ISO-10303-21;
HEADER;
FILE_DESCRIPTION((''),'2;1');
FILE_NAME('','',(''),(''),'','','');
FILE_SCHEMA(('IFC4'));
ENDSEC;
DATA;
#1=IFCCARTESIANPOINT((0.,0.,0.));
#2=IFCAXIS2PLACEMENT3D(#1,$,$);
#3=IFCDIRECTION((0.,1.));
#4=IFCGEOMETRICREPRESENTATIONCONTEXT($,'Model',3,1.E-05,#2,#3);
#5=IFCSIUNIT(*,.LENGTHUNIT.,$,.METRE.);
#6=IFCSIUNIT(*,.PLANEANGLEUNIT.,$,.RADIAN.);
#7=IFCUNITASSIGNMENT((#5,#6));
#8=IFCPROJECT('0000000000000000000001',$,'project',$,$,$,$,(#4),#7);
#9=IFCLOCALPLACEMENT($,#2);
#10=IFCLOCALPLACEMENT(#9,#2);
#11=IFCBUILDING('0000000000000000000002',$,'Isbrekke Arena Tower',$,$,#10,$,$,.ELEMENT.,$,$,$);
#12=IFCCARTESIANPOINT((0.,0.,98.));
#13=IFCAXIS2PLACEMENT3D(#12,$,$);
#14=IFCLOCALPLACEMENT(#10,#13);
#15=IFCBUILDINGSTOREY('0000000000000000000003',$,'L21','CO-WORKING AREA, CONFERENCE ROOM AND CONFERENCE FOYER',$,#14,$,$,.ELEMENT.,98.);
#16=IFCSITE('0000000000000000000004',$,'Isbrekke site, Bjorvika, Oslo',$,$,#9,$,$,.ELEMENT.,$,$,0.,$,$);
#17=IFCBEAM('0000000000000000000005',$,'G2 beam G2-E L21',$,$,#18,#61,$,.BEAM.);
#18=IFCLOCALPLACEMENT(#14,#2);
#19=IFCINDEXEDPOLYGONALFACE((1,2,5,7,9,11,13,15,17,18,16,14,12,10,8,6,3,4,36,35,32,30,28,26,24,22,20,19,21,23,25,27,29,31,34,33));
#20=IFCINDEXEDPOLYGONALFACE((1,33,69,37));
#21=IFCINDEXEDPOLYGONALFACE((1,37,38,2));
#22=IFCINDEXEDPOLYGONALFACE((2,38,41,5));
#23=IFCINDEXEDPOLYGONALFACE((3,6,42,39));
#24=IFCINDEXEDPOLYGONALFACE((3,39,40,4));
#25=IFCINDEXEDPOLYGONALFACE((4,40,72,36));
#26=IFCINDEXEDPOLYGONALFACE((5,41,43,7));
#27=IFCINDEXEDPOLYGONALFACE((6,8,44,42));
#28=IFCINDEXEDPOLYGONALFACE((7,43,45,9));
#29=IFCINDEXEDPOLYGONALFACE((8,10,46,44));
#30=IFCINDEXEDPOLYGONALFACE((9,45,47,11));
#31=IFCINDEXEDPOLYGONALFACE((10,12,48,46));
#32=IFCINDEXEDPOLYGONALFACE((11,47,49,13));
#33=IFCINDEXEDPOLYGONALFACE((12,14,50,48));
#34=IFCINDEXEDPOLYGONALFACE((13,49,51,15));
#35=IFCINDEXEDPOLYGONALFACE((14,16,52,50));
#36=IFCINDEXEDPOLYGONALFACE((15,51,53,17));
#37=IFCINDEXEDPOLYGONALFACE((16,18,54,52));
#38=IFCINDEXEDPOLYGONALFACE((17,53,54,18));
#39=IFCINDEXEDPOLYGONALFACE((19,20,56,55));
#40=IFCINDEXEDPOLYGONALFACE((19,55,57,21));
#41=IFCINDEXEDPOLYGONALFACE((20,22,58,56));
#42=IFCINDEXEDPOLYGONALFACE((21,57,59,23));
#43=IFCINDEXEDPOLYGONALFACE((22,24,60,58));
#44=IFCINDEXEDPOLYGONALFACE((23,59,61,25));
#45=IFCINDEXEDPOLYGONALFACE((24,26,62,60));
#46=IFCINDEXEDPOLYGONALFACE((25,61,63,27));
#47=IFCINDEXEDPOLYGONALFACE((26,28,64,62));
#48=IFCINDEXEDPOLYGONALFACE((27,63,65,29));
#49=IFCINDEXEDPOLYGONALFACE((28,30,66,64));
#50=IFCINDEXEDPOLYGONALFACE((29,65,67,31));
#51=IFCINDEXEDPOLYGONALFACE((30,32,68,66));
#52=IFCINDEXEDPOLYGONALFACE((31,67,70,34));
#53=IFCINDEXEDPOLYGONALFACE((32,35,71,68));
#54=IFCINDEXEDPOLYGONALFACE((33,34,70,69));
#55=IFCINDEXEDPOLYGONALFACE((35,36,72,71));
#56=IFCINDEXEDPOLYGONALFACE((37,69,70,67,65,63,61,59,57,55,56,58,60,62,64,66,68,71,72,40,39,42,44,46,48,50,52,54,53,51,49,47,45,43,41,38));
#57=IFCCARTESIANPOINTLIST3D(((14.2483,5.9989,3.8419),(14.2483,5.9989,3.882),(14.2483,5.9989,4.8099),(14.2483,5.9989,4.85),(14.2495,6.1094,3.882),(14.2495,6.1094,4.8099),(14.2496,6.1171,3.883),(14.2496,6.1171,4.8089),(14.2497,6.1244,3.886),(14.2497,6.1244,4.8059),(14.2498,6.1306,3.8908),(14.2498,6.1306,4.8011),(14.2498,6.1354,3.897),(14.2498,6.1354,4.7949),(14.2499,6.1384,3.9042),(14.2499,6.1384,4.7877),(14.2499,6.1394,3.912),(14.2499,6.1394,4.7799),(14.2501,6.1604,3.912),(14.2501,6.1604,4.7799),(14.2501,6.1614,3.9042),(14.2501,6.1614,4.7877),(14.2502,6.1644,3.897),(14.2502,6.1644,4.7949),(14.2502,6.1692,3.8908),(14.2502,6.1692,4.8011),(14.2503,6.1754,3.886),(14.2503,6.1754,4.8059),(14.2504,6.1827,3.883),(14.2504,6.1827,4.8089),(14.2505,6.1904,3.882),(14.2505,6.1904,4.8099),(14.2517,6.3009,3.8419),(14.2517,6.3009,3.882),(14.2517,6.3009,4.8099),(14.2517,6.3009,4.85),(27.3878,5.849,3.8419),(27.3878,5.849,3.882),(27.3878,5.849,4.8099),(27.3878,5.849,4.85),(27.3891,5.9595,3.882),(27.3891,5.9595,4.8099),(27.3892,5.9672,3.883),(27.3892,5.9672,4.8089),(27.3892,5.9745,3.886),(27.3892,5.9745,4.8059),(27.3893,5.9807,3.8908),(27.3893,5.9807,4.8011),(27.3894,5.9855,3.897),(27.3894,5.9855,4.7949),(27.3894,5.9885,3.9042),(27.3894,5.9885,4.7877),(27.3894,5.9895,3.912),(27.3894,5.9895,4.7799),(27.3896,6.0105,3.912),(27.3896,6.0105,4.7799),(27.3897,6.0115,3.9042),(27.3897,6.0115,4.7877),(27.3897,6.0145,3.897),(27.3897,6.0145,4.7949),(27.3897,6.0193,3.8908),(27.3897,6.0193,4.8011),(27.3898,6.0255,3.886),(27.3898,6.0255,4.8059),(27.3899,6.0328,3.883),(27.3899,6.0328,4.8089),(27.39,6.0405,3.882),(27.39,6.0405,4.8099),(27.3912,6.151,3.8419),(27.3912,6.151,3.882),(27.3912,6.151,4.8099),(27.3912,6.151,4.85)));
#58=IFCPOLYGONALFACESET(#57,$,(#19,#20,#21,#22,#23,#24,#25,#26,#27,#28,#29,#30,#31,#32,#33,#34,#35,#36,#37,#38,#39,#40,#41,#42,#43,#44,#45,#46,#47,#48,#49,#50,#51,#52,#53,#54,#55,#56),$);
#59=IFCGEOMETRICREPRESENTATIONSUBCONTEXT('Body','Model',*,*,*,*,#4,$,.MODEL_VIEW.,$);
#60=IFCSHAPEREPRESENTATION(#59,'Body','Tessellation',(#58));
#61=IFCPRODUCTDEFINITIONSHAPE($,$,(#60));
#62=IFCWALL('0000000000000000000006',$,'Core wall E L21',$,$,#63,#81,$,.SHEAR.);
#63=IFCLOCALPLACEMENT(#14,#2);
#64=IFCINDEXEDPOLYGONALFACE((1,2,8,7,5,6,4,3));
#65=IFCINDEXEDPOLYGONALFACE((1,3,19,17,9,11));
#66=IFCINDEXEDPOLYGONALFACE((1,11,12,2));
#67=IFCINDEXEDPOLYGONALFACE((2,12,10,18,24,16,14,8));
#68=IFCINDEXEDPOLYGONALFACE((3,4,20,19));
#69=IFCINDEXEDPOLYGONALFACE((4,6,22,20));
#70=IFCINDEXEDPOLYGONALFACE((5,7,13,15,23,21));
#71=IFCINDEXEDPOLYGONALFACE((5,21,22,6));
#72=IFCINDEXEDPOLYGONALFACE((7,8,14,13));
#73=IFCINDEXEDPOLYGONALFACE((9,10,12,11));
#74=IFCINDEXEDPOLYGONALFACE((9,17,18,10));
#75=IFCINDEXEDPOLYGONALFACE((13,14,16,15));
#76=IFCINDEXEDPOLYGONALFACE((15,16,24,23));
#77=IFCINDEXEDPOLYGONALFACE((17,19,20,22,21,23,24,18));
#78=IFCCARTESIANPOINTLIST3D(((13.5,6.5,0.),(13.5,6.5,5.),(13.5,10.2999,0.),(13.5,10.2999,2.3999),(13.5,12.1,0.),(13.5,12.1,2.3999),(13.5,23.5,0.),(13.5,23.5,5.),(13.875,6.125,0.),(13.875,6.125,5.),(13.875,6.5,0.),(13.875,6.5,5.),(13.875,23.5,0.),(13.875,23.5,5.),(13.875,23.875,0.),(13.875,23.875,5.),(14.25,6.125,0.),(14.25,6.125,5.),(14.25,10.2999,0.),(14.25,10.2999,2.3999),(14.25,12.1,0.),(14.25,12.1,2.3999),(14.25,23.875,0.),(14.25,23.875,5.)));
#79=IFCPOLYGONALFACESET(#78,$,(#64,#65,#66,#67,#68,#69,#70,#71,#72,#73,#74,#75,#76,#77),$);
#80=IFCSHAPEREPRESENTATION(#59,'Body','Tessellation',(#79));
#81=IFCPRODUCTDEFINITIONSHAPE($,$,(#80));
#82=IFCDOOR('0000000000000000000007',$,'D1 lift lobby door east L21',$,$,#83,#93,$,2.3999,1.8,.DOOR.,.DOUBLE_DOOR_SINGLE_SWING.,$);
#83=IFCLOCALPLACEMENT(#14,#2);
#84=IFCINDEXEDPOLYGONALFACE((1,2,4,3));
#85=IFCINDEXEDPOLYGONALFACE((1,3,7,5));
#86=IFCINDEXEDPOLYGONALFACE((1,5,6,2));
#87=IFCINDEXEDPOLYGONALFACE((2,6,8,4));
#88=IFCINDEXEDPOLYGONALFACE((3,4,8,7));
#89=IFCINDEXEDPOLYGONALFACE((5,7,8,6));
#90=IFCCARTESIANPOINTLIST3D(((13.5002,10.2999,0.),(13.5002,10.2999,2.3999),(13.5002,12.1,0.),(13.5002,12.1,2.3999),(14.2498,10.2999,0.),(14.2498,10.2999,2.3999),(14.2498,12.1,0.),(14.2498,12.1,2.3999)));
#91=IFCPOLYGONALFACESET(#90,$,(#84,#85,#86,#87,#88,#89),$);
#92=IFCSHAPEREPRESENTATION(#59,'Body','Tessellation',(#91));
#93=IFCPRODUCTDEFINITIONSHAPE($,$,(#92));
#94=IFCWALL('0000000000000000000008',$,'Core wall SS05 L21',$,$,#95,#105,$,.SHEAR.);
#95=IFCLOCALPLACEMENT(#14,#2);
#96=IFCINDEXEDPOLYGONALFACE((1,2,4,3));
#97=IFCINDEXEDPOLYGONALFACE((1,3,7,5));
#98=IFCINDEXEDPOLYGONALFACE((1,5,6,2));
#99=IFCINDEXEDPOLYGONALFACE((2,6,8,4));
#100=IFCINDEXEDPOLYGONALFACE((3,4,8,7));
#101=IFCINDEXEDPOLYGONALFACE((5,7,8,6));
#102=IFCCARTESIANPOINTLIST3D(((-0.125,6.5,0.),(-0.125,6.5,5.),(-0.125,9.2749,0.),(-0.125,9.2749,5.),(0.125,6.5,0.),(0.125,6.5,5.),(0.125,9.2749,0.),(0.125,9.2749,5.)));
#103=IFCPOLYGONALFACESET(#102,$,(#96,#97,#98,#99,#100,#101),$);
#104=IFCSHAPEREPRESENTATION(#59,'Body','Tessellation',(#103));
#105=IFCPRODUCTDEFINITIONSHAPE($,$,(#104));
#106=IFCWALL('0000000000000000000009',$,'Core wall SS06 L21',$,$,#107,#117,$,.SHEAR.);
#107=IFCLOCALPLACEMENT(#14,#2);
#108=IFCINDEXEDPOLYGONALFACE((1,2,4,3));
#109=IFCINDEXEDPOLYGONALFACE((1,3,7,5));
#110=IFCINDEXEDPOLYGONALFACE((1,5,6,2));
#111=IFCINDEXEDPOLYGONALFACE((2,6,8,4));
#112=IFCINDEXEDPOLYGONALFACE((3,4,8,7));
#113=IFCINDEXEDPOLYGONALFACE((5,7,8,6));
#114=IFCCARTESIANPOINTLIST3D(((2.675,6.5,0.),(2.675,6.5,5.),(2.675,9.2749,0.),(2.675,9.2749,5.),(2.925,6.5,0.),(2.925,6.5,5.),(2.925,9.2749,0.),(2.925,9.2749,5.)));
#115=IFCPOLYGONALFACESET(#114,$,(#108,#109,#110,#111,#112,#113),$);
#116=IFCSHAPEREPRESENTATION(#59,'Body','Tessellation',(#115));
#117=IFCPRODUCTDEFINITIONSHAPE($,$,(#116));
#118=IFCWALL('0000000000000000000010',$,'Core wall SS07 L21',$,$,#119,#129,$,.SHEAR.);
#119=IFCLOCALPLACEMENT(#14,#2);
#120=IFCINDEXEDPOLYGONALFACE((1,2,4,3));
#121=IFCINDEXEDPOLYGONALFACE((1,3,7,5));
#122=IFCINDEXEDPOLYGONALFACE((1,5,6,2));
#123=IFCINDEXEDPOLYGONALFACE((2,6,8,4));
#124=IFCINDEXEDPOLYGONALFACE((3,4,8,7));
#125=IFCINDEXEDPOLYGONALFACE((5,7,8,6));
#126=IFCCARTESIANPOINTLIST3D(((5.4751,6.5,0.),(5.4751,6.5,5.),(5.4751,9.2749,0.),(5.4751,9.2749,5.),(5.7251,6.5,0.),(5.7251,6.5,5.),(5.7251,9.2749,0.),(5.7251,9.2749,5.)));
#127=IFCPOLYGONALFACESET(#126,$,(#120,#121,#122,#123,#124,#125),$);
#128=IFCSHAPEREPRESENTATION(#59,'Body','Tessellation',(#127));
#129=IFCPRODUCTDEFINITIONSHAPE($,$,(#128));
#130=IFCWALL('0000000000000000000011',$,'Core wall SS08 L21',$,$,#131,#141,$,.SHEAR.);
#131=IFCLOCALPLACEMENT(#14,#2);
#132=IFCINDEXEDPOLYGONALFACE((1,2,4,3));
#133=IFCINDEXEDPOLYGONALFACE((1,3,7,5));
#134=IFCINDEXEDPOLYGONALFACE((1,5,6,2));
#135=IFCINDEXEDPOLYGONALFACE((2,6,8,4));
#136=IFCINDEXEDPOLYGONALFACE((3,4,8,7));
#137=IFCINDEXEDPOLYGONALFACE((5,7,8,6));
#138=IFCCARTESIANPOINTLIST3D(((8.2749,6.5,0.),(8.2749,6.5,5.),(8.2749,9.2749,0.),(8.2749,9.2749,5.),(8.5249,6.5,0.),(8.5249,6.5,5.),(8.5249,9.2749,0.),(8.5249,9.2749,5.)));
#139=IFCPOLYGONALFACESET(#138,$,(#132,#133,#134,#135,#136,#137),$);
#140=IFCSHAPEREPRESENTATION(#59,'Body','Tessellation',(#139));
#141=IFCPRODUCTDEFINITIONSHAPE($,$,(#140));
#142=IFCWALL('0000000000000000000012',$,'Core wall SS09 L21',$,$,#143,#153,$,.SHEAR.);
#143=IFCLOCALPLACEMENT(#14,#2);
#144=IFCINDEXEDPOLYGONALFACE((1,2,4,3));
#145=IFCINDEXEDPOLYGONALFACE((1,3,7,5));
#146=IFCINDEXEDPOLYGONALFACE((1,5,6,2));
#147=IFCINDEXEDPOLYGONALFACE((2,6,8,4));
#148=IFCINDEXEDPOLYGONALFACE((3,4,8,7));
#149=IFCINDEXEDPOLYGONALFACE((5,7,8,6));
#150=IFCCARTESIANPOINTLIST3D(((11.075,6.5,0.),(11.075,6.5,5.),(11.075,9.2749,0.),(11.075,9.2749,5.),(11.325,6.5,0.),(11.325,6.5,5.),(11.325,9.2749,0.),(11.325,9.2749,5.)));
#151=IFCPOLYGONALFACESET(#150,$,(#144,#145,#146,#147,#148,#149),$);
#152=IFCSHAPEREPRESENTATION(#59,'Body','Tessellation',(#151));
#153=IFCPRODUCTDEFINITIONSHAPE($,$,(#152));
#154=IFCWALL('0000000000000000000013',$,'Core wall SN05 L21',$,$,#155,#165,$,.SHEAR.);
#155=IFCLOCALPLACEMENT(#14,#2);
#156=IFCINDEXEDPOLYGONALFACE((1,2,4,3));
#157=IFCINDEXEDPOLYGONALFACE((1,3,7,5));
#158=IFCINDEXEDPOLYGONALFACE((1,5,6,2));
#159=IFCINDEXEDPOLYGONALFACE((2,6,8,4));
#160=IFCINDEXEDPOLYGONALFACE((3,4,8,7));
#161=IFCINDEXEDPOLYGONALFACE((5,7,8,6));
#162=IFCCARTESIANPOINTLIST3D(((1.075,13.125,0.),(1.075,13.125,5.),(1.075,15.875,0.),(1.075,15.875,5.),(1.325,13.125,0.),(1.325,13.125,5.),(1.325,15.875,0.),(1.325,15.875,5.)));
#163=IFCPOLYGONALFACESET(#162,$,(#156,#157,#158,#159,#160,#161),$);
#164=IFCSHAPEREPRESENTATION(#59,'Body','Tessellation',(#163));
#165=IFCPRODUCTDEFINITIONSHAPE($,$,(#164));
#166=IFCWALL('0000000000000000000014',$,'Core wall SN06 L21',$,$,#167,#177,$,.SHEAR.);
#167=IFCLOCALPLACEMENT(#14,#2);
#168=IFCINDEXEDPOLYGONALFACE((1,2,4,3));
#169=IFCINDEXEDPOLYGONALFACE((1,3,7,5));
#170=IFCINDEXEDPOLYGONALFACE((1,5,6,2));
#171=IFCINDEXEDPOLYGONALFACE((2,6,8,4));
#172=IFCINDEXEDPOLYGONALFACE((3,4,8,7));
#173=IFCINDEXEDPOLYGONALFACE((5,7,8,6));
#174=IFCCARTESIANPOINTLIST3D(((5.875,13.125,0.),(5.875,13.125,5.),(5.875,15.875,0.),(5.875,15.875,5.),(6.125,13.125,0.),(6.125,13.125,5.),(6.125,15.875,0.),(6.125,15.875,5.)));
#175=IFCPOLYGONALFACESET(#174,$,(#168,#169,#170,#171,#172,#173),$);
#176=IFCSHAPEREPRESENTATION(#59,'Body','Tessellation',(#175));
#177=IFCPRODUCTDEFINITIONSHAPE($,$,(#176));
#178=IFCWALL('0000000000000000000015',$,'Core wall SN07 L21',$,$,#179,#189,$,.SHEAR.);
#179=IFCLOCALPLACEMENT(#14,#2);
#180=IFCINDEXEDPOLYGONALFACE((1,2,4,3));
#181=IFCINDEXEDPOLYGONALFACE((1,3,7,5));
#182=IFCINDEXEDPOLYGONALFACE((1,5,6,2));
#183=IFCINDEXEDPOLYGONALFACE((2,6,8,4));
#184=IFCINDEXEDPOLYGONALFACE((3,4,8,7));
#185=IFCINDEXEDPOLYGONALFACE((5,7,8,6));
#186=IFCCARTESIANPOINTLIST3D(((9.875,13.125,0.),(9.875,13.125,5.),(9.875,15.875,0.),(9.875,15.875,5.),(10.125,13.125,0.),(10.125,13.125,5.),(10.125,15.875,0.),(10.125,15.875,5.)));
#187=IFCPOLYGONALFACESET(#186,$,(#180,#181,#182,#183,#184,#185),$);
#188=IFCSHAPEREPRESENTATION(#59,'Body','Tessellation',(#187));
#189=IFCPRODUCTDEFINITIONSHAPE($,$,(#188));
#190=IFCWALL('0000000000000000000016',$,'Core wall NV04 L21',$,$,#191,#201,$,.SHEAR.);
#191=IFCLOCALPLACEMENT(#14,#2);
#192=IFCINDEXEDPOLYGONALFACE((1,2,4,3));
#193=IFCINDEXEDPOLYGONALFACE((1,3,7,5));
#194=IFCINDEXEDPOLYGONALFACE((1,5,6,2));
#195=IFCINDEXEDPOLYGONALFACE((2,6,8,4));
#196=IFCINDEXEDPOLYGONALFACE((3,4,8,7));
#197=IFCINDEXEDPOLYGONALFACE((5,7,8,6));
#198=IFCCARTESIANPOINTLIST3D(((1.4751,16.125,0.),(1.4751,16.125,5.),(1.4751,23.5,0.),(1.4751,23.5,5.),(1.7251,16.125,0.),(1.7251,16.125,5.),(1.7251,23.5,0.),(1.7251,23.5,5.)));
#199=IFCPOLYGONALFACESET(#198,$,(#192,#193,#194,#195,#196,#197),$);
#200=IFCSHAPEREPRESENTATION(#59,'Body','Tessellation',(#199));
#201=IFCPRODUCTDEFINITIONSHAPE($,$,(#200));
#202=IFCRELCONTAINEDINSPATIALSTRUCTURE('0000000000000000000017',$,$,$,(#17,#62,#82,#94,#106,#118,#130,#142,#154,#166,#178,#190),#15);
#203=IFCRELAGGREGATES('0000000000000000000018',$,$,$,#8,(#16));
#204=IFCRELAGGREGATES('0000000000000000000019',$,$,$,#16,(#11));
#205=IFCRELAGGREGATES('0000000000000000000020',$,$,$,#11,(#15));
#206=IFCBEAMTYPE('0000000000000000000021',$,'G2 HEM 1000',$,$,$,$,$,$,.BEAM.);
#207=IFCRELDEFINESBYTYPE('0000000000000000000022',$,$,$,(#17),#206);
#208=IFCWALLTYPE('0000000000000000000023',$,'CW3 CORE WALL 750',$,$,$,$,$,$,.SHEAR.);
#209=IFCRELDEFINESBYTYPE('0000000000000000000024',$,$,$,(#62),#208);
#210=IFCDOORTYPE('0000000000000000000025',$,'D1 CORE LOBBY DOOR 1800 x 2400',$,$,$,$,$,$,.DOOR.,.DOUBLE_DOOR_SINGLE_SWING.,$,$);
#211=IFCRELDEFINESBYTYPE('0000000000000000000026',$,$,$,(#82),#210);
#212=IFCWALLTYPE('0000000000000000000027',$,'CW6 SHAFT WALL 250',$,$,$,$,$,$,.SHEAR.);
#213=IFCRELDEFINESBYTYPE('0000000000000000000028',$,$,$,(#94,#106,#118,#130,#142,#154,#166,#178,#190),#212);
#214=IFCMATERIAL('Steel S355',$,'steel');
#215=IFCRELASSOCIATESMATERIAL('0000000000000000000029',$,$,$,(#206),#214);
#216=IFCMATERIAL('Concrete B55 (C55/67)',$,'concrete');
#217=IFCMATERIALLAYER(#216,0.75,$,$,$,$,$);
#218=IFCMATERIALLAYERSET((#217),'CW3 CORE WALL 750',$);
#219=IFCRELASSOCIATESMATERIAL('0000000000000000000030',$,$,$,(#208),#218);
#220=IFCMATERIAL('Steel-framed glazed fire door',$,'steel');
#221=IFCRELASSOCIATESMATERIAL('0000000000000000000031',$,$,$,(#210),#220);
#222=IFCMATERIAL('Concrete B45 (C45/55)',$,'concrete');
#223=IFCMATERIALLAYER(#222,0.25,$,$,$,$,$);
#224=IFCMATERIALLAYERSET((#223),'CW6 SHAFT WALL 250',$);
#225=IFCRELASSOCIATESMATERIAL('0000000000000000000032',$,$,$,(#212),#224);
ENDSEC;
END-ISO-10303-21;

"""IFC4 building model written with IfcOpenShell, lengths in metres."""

from ifc_helpers import new_model, si_unit, direction, frame, frame_2d, origin, origin_2d, place, context, subcontext, project, spatial, polyline, rectangle, i_section, outline, extrude, material, layer, layer_set, material_profile, profile_set, type_object, element, fill, save


model = new_model("IFC4")

# Units and contexts
model_context = context("Model", 3, precision=1e-05, world=origin(), true_north=direction((0.0, 1.0)))
body_context = subcontext(model_context, "Body", "Model", "MODEL_VIEW")
ifc_project = project(units=[si_unit("LENGTHUNIT", "METRE"), si_unit("PLANEANGLEUNIT", "RADIAN")], contexts=[model_context])

# Site, building, storey
site_placement = place(None, origin())
site = spatial("IfcSite", under=ifc_project, at=site_placement, Name="Isbrekke site, Bjorvika, Oslo", CompositionType="ELEMENT", RefElevation=0.0)
building_placement = place(site_placement, origin())
building = spatial("IfcBuilding", under=site, at=building_placement, Name="Isbrekke Arena Tower", CompositionType="ELEMENT")
storey_placement = place(building_placement, frame((0.0, 0.0, 98.0)))
storey = spatial("IfcBuildingStorey", under=building, at=storey_placement, Name="L21", Description="CO-WORKING AREA, CONFERENCE ROOM AND CONFERENCE FOYER", CompositionType="ELEMENT", Elevation=98.0)

# Beam
ifc_material_1 = material(Name="Steel S355", Category="steel")
ifc_material_profile = material_profile(ifc_material_1, i_section(OverallWidth=0.302, OverallDepth=1.0081, WebThickness=0.021, FlangeThickness=0.04, FilletRadius=0.03, at=origin_2d()), Name="HEM 1000")
ifc_profile_set = profile_set([ifc_material_profile], Name="Steel S355")
beam_type = type_object("IfcBeamType", Name="G2 HEM 1000", PredefinedType="BEAM", material=ifc_profile_set)
beam_placement = place(storey_placement, frame((14.25, 6.1499, 4.3459), z_axis=(0.999935, -0.011408, 0.0), x_axis=(0.011408, 0.999935, 0.0)))
element("IfcBeam", 1, at=beam_placement, inside=storey, type_object=beam_type, Name="G2 beam G2-E L21", PredefinedType="BEAM", context=body_context, shape_type="SweptSolid", body=[
    extrude(i_section(OverallWidth=0.302, OverallDepth=1.0081, WebThickness=0.021, FlangeThickness=0.04, FilletRadius=0.03, at=origin_2d()), origin(), (0.0, 0.0, 1.0), 13.1404),
])

# Wall, opening, door
ifc_material_2 = material(Name="Concrete B55 (C55/67)", Category="concrete")
ifc_layer_1 = layer(ifc_material_2, 0.75)
ifc_layer_set_1 = layer_set([ifc_layer_1], Name="CW3 CORE WALL 750")
wall_type_1 = type_object("IfcWallType", Name="CW3 CORE WALL 750", PredefinedType="SHEAR", material=ifc_layer_set_1)
wall_1_placement = place(storey_placement, frame((13.875, 6.125, 0.0), z_axis=(0.0, 0.0, 1.0), x_axis=(0.0, 1.0, 0.0)))
wall_1 = element("IfcWall", 2, at=wall_1_placement, inside=storey, type_object=wall_type_1, Name="Core wall E L21", PredefinedType="SHEAR", context=body_context, shape_type="SweptSolid", body=[
    extrude(outline(polyline([(0.0, -0.375), (17.75, -0.375), (17.75, 0.0), (17.375, 0.0), (17.375, 0.375), (0.375, 0.375), (0.375, 0.0), (0.0, 0.0), (0.0, -0.375)])), origin(), (0.0, 0.0, 1.0), 5.0),
])
opening_1_placement = place(wall_1_placement, frame((4.175, 0.0, 0.0)))
opening_1 = element("IfcOpeningElement", 3, at=opening_1_placement, cuts=wall_1, PredefinedType="OPENING", context=body_context, shape_type="SweptSolid", body=[
    extrude(rectangle(XDim=1.8, YDim=2.3999, at=frame_2d((0.8999, 1.2))), frame((0.0, 0.3899, 0.0), z_axis=(0.0, -1.0, 0.0), x_axis=(1.0, 0.0, 0.0)), (0.0, 0.0, 1.0), 0.7798),
])
ifc_material_3 = material(Name="Steel-framed glazed fire door", Category="steel")
door_type_1 = type_object("IfcDoorType", Name="D1 CORE LOBBY DOOR 1800 x 2400", OperationType="DOUBLE_DOOR_SINGLE_SWING", PredefinedType="DOOR", material=ifc_material_3)
door_1_placement = place(opening_1_placement, origin())
door_1 = element("IfcDoor", 4, at=door_1_placement, inside=storey, type_object=door_type_1, Name="D1 lift lobby door east L21", OperationType="DOUBLE_DOOR_SINGLE_SWING", OverallHeight=2.3999, OverallWidth=1.8, PredefinedType="DOOR", context=body_context, shape_type="SweptSolid", body=[
    extrude(rectangle(XDim=1.8, YDim=2.3999, at=frame_2d((0.8999, 1.2))), frame((0.0, 0.3748, 0.0), z_axis=(0.0, -1.0, 0.0), x_axis=(1.0, 0.0, 0.0)), (0.0, 0.0, 1.0), 0.7495),
])
fill(opening_1, door_1)

# Walls
ifc_material_4 = material(Name="Concrete B45 (C45/55)", Category="concrete")
ifc_layer_2 = layer(ifc_material_4, 0.25)
ifc_layer_set_2 = layer_set([ifc_layer_2], Name="CW6 SHAFT WALL 250")
wall_type_2 = type_object("IfcWallType", Name="CW6 SHAFT WALL 250", PredefinedType="SHEAR", material=ifc_layer_set_2)
for number, where, z_axis, x_axis, name in (
    (5, (0.0, 6.5, 0.0), (0.0, 0.0, 1.0), (0.0, 1.0, 0.0), "Core wall SS05 L21"),
    (6, (2.8, 6.5, 0.0), (0.0, 0.0, 1.0), (0.0, 1.0, 0.0), "Core wall SS06 L21"),
    (7, (5.6001, 6.5, 0.0), (0.0, 0.0, 1.0), (0.0, 1.0, 0.0), "Core wall SS07 L21"),
    (8, (8.3999, 6.5, 0.0), (0.0, 0.0, 1.0), (0.0, 1.0, 0.0), "Core wall SS08 L21"),
    (9, (11.2, 6.5, 0.0), (0.0, 0.0, 1.0), (0.0, 1.0, 0.0), "Core wall SS09 L21"),
):
    element("IfcWall", number, at=place(storey_placement, frame(where, z_axis=z_axis, x_axis=x_axis)), inside=storey, type_object=wall_type_2, Name=name, PredefinedType="SHEAR", context=body_context, shape_type="SweptSolid", body=[
        extrude(rectangle(XDim=2.7749, YDim=0.25, at=frame_2d((1.3875, 0.0))), origin(), (0.0, 0.0, 1.0), 5.0),
    ])
for number, where, z_axis, x_axis, name in (
    (10, (1.2, 13.125, 0.0), (0.0, 0.0, 1.0), (0.0, 1.0, 0.0), "Core wall SN05 L21"),
    (11, (6.0, 13.125, 0.0), (0.0, 0.0, 1.0), (0.0, 1.0, 0.0), "Core wall SN06 L21"),
    (12, (10.0, 13.125, 0.0), (0.0, 0.0, 1.0), (0.0, 1.0, 0.0), "Core wall SN07 L21"),
):
    element("IfcWall", number, at=place(storey_placement, frame(where, z_axis=z_axis, x_axis=x_axis)), inside=storey, type_object=wall_type_2, Name=name, PredefinedType="SHEAR", context=body_context, shape_type="SweptSolid", body=[
        extrude(rectangle(XDim=2.75, YDim=0.25, at=frame_2d((1.375, 0.0))), origin(), (0.0, 0.0, 1.0), 5.0),
    ])
wall_2_placement = place(storey_placement, frame((1.6001, 16.125, 0.0), z_axis=(0.0, 0.0, 1.0), x_axis=(0.0, 1.0, 0.0)))
element("IfcWall", 13, at=wall_2_placement, inside=storey, type_object=wall_type_2, Name="Core wall NV04 L21", PredefinedType="SHEAR", context=body_context, shape_type="SweptSolid", body=[
    extrude(rectangle(XDim=7.375, YDim=0.25, at=frame_2d((3.6875, 0.0))), origin(), (0.0, 0.0, 1.0), 5.0),
])

save(model, "model.ifc")
